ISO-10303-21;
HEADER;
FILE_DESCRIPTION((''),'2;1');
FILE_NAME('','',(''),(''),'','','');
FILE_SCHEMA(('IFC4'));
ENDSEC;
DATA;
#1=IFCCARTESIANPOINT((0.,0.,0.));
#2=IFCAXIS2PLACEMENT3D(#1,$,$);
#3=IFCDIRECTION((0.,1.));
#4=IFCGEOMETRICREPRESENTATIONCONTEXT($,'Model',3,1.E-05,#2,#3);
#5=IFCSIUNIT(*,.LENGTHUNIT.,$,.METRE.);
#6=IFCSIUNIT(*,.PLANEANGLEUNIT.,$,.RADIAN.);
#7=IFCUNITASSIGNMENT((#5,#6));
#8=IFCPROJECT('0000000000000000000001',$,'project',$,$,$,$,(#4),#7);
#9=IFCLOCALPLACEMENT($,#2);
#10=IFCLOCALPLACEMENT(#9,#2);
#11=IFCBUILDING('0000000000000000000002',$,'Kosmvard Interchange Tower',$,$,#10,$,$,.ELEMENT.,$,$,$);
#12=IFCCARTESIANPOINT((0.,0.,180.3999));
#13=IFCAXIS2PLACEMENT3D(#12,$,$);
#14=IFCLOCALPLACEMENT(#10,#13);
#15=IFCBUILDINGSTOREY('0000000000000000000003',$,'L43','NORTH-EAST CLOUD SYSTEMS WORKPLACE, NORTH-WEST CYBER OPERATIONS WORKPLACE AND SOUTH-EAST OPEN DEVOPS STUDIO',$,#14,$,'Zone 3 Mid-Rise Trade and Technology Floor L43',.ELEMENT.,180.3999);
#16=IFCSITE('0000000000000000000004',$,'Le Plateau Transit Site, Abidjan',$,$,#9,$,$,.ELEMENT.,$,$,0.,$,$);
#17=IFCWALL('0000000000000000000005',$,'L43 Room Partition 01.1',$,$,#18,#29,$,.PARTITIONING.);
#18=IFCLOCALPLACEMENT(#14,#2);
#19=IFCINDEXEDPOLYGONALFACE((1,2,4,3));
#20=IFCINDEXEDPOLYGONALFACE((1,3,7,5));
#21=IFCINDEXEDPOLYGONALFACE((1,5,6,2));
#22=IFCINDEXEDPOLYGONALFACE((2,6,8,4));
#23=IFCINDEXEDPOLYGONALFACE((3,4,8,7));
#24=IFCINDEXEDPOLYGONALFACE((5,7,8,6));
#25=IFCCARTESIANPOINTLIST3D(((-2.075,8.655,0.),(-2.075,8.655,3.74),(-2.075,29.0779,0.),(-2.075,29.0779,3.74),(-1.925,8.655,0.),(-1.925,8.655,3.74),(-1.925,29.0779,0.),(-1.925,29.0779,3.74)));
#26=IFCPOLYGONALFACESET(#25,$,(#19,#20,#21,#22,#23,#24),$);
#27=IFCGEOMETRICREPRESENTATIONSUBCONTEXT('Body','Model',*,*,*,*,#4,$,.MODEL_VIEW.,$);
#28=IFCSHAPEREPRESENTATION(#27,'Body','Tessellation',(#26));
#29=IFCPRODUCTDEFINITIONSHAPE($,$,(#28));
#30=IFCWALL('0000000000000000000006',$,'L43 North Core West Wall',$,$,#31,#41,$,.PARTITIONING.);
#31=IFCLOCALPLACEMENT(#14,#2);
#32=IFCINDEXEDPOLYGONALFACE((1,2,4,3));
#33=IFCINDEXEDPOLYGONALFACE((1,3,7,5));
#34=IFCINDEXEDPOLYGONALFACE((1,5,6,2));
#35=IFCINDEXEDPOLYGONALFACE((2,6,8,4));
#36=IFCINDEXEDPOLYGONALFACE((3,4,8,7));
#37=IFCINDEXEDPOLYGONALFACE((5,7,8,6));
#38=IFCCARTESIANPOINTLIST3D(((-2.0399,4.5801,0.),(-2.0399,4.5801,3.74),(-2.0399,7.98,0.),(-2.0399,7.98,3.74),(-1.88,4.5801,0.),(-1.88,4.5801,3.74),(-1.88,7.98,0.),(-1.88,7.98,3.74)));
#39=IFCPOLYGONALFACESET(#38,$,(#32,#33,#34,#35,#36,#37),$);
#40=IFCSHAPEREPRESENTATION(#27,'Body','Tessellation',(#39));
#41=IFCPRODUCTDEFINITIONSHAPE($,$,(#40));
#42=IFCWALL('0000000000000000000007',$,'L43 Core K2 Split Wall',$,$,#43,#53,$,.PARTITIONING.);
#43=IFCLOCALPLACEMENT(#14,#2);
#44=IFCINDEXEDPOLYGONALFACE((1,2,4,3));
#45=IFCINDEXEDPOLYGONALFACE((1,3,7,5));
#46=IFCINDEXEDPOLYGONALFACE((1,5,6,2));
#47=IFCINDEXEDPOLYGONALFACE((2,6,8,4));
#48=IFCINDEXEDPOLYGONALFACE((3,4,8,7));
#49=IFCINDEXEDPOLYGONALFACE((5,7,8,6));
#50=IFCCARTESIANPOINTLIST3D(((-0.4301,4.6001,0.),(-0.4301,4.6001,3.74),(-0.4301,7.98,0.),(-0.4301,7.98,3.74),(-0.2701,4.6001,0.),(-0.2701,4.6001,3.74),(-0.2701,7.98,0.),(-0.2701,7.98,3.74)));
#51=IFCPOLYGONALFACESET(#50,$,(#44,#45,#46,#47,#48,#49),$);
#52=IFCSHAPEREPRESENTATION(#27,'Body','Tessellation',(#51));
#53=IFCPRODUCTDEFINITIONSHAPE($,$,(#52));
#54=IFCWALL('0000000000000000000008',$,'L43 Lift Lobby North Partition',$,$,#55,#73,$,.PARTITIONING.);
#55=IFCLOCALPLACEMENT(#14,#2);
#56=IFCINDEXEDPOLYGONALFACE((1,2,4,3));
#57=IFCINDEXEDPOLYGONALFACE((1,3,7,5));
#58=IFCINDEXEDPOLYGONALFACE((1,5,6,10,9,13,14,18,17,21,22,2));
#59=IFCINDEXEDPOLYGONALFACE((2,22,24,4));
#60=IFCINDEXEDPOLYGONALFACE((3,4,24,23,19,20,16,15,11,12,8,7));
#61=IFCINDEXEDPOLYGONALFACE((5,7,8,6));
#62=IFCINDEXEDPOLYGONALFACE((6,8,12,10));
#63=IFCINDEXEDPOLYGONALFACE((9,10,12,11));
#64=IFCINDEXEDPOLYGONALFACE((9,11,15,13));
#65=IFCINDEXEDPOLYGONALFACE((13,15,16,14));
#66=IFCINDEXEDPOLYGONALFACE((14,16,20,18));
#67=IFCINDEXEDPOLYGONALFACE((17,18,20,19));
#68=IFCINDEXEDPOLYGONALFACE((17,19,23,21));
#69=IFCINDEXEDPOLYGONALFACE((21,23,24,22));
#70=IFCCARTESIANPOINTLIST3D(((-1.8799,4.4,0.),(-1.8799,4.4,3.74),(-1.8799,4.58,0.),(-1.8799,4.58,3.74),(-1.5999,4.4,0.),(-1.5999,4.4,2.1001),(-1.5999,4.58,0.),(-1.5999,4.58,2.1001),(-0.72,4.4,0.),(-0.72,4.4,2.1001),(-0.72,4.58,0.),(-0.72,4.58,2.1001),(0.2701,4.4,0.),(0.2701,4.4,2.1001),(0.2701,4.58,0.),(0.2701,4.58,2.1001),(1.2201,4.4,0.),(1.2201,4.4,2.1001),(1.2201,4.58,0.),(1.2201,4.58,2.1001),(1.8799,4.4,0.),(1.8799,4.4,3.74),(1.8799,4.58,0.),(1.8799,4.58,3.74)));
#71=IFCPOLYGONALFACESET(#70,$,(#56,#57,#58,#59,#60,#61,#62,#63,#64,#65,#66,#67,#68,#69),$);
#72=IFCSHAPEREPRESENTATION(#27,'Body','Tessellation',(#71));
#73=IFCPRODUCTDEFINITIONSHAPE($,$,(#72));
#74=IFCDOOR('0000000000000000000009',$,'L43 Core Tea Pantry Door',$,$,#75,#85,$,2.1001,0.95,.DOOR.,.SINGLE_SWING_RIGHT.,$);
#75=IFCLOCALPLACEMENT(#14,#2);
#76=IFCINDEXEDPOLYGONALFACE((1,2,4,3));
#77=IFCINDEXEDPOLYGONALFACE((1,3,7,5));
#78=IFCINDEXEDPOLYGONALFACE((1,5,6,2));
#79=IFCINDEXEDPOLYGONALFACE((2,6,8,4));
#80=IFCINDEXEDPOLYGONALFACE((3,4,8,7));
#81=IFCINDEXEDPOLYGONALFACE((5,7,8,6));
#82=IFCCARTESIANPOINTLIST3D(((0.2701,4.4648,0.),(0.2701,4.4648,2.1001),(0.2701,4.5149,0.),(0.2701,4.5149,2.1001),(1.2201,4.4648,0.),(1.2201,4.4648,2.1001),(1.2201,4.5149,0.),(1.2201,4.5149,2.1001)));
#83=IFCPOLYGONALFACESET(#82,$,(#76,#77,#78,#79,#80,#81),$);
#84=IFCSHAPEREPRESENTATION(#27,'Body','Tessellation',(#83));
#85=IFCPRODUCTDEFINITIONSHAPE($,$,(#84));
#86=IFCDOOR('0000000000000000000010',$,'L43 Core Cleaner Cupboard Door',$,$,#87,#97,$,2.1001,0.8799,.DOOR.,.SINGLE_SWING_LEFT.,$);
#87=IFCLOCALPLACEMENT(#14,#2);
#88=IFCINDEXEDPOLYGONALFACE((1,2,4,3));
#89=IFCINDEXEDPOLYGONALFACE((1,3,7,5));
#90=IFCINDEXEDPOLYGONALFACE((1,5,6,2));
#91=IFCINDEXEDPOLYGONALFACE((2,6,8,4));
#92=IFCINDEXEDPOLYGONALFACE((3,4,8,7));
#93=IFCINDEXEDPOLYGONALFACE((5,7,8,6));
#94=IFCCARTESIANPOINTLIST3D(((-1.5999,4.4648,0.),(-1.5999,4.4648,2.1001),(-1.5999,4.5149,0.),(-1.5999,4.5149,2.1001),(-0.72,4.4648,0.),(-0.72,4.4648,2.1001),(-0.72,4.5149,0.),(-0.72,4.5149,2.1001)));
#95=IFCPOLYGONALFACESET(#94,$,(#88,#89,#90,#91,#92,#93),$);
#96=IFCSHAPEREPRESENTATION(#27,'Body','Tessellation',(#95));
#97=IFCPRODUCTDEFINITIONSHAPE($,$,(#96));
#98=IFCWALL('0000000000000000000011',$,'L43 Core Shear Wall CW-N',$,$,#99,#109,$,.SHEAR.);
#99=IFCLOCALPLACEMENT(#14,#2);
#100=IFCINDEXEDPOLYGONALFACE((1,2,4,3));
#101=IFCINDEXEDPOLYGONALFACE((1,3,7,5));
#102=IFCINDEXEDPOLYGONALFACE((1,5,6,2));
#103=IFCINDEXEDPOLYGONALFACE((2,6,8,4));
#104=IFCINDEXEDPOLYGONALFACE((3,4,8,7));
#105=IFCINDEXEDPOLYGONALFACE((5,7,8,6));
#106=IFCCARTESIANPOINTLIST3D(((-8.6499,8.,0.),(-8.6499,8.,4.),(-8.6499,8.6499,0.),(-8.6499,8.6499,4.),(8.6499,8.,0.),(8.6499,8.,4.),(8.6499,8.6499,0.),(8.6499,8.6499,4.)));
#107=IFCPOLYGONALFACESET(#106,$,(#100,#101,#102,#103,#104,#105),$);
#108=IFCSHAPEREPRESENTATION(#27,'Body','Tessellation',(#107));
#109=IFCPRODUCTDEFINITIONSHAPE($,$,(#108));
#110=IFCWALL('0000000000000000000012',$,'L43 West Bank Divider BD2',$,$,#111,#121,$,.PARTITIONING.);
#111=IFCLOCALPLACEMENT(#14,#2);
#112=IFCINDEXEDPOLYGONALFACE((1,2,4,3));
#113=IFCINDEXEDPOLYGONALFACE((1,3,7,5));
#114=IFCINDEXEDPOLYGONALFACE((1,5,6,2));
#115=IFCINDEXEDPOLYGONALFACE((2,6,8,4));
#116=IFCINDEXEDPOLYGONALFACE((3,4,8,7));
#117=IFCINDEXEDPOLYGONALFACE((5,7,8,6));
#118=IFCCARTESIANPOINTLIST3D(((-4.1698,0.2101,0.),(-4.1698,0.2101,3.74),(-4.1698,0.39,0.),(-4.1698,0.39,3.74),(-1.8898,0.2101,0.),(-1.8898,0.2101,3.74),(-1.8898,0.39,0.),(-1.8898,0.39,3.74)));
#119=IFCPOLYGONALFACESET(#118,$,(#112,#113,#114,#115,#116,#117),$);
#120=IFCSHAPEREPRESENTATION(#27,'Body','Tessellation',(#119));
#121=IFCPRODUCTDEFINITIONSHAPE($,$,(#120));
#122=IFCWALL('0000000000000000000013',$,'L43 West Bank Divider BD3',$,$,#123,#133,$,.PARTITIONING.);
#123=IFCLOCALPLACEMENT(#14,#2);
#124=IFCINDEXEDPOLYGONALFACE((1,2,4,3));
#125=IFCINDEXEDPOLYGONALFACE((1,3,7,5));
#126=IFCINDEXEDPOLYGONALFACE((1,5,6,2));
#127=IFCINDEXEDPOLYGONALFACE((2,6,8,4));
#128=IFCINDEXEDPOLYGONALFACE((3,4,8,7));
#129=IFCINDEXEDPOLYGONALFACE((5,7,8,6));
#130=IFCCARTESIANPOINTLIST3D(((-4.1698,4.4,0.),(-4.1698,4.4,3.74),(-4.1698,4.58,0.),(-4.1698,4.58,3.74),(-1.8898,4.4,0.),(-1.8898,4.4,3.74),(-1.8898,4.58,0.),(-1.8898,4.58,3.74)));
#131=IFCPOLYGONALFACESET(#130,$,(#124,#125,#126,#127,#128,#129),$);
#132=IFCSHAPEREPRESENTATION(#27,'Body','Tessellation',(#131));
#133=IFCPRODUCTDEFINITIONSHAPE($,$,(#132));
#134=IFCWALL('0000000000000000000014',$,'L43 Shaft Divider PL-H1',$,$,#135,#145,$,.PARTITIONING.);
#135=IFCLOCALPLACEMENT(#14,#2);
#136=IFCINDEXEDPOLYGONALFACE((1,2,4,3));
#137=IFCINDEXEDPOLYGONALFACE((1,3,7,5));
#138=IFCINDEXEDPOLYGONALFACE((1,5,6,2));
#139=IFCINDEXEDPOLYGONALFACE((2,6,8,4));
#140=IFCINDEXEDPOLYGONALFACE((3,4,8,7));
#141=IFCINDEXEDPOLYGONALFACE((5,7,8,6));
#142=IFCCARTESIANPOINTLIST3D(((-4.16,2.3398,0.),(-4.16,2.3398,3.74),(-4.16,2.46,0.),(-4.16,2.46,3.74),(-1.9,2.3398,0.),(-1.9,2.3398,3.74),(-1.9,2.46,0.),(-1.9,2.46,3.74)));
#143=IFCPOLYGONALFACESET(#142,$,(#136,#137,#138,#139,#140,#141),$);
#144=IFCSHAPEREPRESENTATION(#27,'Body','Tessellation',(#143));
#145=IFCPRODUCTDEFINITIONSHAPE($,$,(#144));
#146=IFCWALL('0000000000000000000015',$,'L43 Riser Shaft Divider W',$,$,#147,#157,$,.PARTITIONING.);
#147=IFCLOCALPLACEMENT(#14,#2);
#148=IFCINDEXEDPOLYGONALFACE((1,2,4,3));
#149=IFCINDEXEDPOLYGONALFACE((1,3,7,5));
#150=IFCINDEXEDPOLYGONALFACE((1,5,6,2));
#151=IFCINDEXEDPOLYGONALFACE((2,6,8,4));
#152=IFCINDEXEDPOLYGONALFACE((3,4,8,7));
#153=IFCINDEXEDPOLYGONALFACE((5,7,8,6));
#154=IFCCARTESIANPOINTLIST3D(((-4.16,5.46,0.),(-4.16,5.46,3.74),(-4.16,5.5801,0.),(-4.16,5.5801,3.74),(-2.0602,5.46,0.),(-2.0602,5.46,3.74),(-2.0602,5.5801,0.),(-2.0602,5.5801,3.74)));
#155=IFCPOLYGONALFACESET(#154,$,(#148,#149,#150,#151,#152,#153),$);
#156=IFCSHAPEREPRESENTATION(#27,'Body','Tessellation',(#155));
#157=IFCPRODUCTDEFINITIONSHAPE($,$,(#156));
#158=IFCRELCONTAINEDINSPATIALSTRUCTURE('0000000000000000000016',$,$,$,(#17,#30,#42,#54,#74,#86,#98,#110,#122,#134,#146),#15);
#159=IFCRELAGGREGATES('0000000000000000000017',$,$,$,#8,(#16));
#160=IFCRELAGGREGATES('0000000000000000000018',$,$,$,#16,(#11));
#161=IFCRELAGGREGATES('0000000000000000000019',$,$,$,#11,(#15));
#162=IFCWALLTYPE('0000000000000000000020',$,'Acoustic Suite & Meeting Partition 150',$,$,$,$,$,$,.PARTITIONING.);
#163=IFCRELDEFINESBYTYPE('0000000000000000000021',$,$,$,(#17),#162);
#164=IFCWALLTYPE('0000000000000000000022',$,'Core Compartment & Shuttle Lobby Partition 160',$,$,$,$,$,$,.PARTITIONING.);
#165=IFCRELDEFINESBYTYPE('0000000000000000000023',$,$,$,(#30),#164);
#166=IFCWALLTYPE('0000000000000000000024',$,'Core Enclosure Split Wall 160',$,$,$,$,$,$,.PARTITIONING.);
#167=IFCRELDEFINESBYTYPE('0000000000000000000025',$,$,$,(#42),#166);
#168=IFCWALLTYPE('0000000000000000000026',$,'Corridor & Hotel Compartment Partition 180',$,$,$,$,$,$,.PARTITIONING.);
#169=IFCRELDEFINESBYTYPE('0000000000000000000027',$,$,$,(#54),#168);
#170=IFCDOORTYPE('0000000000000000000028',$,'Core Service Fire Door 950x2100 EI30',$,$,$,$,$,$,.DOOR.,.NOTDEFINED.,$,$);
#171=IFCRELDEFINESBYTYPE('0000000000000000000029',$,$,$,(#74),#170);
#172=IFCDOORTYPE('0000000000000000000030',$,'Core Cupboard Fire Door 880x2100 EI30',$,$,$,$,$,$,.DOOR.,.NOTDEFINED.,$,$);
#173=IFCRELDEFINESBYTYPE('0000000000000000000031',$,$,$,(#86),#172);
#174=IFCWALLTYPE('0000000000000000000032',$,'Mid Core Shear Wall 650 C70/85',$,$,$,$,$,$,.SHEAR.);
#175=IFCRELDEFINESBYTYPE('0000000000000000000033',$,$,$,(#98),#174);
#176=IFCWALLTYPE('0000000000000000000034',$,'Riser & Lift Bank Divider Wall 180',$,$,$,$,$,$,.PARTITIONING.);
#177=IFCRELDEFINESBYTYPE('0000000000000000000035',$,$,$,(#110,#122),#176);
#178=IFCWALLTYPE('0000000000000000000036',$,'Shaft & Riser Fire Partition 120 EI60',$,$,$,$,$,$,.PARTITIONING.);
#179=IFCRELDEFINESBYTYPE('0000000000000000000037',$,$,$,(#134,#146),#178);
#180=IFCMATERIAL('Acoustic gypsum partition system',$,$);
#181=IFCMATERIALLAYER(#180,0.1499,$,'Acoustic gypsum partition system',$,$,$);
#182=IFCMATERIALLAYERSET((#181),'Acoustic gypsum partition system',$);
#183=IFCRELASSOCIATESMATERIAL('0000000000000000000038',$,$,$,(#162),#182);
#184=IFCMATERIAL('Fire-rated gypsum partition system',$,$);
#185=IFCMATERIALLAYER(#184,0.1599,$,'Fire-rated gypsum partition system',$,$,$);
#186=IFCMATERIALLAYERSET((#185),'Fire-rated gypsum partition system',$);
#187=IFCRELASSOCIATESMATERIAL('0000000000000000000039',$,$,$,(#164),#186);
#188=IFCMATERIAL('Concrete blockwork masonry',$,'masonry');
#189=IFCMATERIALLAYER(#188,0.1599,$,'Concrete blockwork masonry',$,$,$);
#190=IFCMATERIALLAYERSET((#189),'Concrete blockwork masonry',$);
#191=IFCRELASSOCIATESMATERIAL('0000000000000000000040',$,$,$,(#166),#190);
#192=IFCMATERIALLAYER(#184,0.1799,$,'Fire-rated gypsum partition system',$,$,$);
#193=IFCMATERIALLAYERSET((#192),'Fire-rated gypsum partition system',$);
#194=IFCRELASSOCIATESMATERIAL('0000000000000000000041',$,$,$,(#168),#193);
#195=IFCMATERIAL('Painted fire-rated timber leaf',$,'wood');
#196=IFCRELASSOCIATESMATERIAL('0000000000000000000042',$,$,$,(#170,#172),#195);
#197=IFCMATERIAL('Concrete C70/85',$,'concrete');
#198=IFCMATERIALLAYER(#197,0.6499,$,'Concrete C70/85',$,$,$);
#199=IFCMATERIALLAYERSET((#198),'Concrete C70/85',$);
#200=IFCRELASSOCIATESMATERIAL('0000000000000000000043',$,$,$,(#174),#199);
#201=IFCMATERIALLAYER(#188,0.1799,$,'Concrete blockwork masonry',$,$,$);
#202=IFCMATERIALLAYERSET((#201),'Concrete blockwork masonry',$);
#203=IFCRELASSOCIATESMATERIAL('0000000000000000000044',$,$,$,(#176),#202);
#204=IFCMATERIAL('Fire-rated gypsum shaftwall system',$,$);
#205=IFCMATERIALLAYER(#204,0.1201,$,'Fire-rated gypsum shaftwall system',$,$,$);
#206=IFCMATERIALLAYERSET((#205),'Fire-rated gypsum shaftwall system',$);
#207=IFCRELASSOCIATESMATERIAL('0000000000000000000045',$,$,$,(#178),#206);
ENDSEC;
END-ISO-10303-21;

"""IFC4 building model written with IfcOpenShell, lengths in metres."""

from ifc_helpers import new_model, si_unit, direction, frame, frame_2d, origin, place, context, subcontext, project, spatial, rectangle, extrude, source, transform, mapped, material, layer, layer_set, type_object, element, fill, save


model = new_model("IFC4")

# Units and contexts
model_context = context("Model", 3, precision=1e-05, world=origin(), true_north=direction((0.0, 1.0)))
body_context = subcontext(model_context, "Body", "Model", "MODEL_VIEW")
ifc_project = project(units=[si_unit("LENGTHUNIT", "METRE"), si_unit("PLANEANGLEUNIT", "RADIAN")], contexts=[model_context])

# Site, building, storey
site_placement = place(None, origin())
site = spatial("IfcSite", under=ifc_project, at=site_placement, Name="Le Plateau Transit Site, Abidjan", CompositionType="ELEMENT", RefElevation=0.0)
building_placement = place(site_placement, origin())
building = spatial("IfcBuilding", under=site, at=building_placement, Name="Kosmvard Interchange Tower", CompositionType="ELEMENT")
storey_placement = place(building_placement, frame((0.0, 0.0, 180.3999)))
storey = spatial("IfcBuildingStorey", under=building, at=storey_placement, Name="L43", Description="NORTH-EAST CLOUD SYSTEMS WORKPLACE, NORTH-WEST CYBER OPERATIONS WORKPLACE AND SOUTH-EAST OPEN DEVOPS STUDIO", LongName="Zone 3 Mid-Rise Trade and Technology Floor L43", CompositionType="ELEMENT", Elevation=180.3999)

# Walls
ifc_material_1 = material(Name="Acoustic gypsum partition system")
ifc_layer_1 = layer(ifc_material_1, 0.1499, Name="Acoustic gypsum partition system")
ifc_layer_set_1 = layer_set([ifc_layer_1], Name="Acoustic gypsum partition system")
wall_type_1 = type_object("IfcWallType", Name="Acoustic Suite & Meeting Partition 150", PredefinedType="PARTITIONING", material=ifc_layer_set_1)
wall_1_placement = place(storey_placement, frame((-2.0, 8.655, 0.0), z_axis=(0.0, 0.0, 1.0), x_axis=(0.0, 1.0, 0.0)))
element("IfcWall", 1, at=wall_1_placement, inside=storey, type_object=wall_type_1, Name="L43 Room Partition 01.1", PredefinedType="PARTITIONING", context=body_context, shape_type="SweptSolid", body=[
    extrude(rectangle(XDim=20.4229, YDim=0.1499, at=frame_2d((10.2114, 0.0))), origin(), (0.0, 0.0, 1.0), 3.74),
])
ifc_material_2 = material(Name="Fire-rated gypsum partition system")
ifc_layer_2 = layer(ifc_material_2, 0.1599, Name="Fire-rated gypsum partition system")
ifc_layer_set_2 = layer_set([ifc_layer_2], Name="Fire-rated gypsum partition system")
wall_type_2 = type_object("IfcWallType", Name="Core Compartment & Shuttle Lobby Partition 160", PredefinedType="PARTITIONING", material=ifc_layer_set_2)
wall_2_placement = place(storey_placement, frame((-1.96, 4.5801, 0.0), z_axis=(0.0, 0.0, 1.0), x_axis=(0.0, 1.0, 0.0)))
element("IfcWall", 2, at=wall_2_placement, inside=storey, type_object=wall_type_2, Name="L43 North Core West Wall", PredefinedType="PARTITIONING", context=body_context, shape_type="SweptSolid", body=[
    extrude(rectangle(XDim=3.3999, YDim=0.1599, at=frame_2d((1.7, 0.0))), origin(), (0.0, 0.0, 1.0), 3.74),
])
ifc_material_3 = material(Name="Concrete blockwork masonry", Category="masonry")
ifc_layer_3 = layer(ifc_material_3, 0.1599, Name="Concrete blockwork masonry")
ifc_layer_set_3 = layer_set([ifc_layer_3], Name="Concrete blockwork masonry")
wall_type_3 = type_object("IfcWallType", Name="Core Enclosure Split Wall 160", PredefinedType="PARTITIONING", material=ifc_layer_set_3)
wall_3_placement = place(storey_placement, frame((-0.3501, 4.6001, 0.0), z_axis=(0.0, 0.0, 1.0), x_axis=(0.0, 1.0, 0.0)))
element("IfcWall", 3, at=wall_3_placement, inside=storey, type_object=wall_type_3, Name="L43 Core K2 Split Wall", PredefinedType="PARTITIONING", context=body_context, shape_type="SweptSolid", body=[
    extrude(rectangle(XDim=3.3799, YDim=0.1599, at=frame_2d((1.6899, 0.0))), origin(), (0.0, 0.0, 1.0), 3.74),
])

# Wall, openings, doors
ifc_layer_4 = layer(ifc_material_2, 0.1799, Name="Fire-rated gypsum partition system")
ifc_layer_set_4 = layer_set([ifc_layer_4], Name="Fire-rated gypsum partition system")
wall_type_4 = type_object("IfcWallType", Name="Corridor & Hotel Compartment Partition 180", PredefinedType="PARTITIONING", material=ifc_layer_set_4)
wall_4_placement = place(storey_placement, frame((-1.8799, 4.49, 0.0), z_axis=(0.0, 0.0, 1.0), x_axis=(1.0, 0.0, 0.0)))
wall_4 = element("IfcWall", 4, at=wall_4_placement, inside=storey, type_object=wall_type_4, Name="L43 Lift Lobby North Partition", PredefinedType="PARTITIONING", context=body_context, shape_type="SweptSolid", body=[
    extrude(rectangle(XDim=3.7598, YDim=0.1799, at=frame_2d((1.8799, 0.0))), origin(), (0.0, 0.0, 1.0), 3.74),
])
opening_1_placement = place(wall_4_placement, frame((0.28, 0.0, 0.0)))
opening_1 = element("IfcOpeningElement", 5, at=opening_1_placement, cuts=wall_4, PredefinedType="OPENING", context=body_context, shape_type="SweptSolid", body=[
    extrude(rectangle(XDim=0.8799, YDim=2.1001, at=frame_2d((0.4399, 1.05))), frame((0.0, 0.1001, 0.0), z_axis=(0.0, -1.0, 0.0), x_axis=(1.0, 0.0, 0.0)), (0.0, 0.0, 1.0), 0.2),
])
opening_2_placement = place(wall_4_placement, frame((2.1499, 0.0, 0.0)))
opening_2 = element("IfcOpeningElement", 6, at=opening_2_placement, cuts=wall_4, PredefinedType="OPENING", context=body_context, shape_type="SweptSolid", body=[
    extrude(rectangle(XDim=0.95, YDim=2.1001, at=frame_2d((0.4751, 1.05))), frame((0.0, 0.1001, 0.0), z_axis=(0.0, -1.0, 0.0), x_axis=(1.0, 0.0, 0.0)), (0.0, 0.0, 1.0), 0.2),
])
ifc_material_4 = material(Name="Painted fire-rated timber leaf", Category="wood")
door_type_1 = type_object("IfcDoorType", Name="Core Service Fire Door 950x2100 EI30", OperationType="NOTDEFINED", PredefinedType="DOOR", material=ifc_material_4)
shared_shape_1 = source(origin(), body_context, "Body", "SweptSolid", [
    extrude(rectangle(XDim=0.95, YDim=2.1001, at=frame_2d((0.4751, 1.05))), frame((0.0, 0.0249, 0.0), z_axis=(0.0, -1.0, 0.0), x_axis=(1.0, 0.0, 0.0)), (0.0, 0.0, 1.0), 0.05),
])
door_1_placement = place(opening_2_placement, origin())
door_1 = element("IfcDoor", 7, at=door_1_placement, inside=storey, type_object=door_type_1, Name="L43 Core Tea Pantry Door", OperationType="SINGLE_SWING_RIGHT", OverallHeight=2.1001, OverallWidth=0.95, PredefinedType="DOOR", context=body_context, shape_type="MappedRepresentation", body=[
    mapped(shared_shape_1, transform((0.0, 0.0, 0.0), scale=1.0)),
])
fill(opening_2, door_1)
door_type_2 = type_object("IfcDoorType", Name="Core Cupboard Fire Door 880x2100 EI30", OperationType="NOTDEFINED", PredefinedType="DOOR", material=ifc_material_4)
shared_shape_2 = source(origin(), body_context, "Body", "SweptSolid", [
    extrude(rectangle(XDim=0.8799, YDim=2.1001, at=frame_2d((0.4399, 1.05))), frame((0.0, 0.0249, 0.0), z_axis=(0.0, -1.0, 0.0), x_axis=(1.0, 0.0, 0.0)), (0.0, 0.0, 1.0), 0.05),
])
door_2_placement = place(opening_1_placement, origin())
door_2 = element("IfcDoor", 8, at=door_2_placement, inside=storey, type_object=door_type_2, Name="L43 Core Cleaner Cupboard Door", OperationType="SINGLE_SWING_LEFT", OverallHeight=2.1001, OverallWidth=0.8799, PredefinedType="DOOR", context=body_context, shape_type="MappedRepresentation", body=[
    mapped(shared_shape_2, transform((0.0, 0.0, 0.0), scale=1.0)),
])
fill(opening_1, door_2)

# Walls
ifc_material_5 = material(Name="Concrete C70/85", Category="concrete")
ifc_layer_5 = layer(ifc_material_5, 0.6499, Name="Concrete C70/85")
ifc_layer_set_5 = layer_set([ifc_layer_5], Name="Concrete C70/85")
wall_type_5 = type_object("IfcWallType", Name="Mid Core Shear Wall 650 C70/85", PredefinedType="SHEAR", material=ifc_layer_set_5)
wall_5_placement = place(storey_placement, frame((-8.6499, 8.325, 0.0), z_axis=(0.0, 0.0, 1.0), x_axis=(1.0, 0.0, 0.0)))
element("IfcWall", 9, at=wall_5_placement, inside=storey, type_object=wall_type_5, Name="L43 Core Shear Wall CW-N", PredefinedType="SHEAR", context=body_context, shape_type="SweptSolid", body=[
    extrude(rectangle(XDim=17.2998, YDim=0.6499, at=frame_2d((8.6499, 0.0))), origin(), (0.0, 0.0, 1.0), 4.0),
])
ifc_layer_6 = layer(ifc_material_3, 0.1799, Name="Concrete blockwork masonry")
ifc_layer_set_6 = layer_set([ifc_layer_6], Name="Concrete blockwork masonry")
wall_type_6 = type_object("IfcWallType", Name="Riser & Lift Bank Divider Wall 180", PredefinedType="PARTITIONING", material=ifc_layer_set_6)
for number, where, z_axis, x_axis, name in (
    (10, (-4.1699, 0.3, 0.0), (0.0, 0.0, 1.0), (1.0, 0.0, 0.0), "L43 West Bank Divider BD2"),
    (11, (-4.1699, 4.49, 0.0), (0.0, 0.0, 1.0), (1.0, 0.0, 0.0), "L43 West Bank Divider BD3"),
):
    element("IfcWall", number, at=place(storey_placement, frame(where, z_axis=z_axis, x_axis=x_axis)), inside=storey, type_object=wall_type_6, Name=name, PredefinedType="PARTITIONING", context=body_context, shape_type="SweptSolid", body=[
        extrude(rectangle(XDim=2.28, YDim=0.1799, at=frame_2d((1.1401, 0.0))), origin(), (0.0, 0.0, 1.0), 3.74),
    ])
ifc_material_6 = material(Name="Fire-rated gypsum shaftwall system")
ifc_layer_7 = layer(ifc_material_6, 0.1201, Name="Fire-rated gypsum shaftwall system")
ifc_layer_set_7 = layer_set([ifc_layer_7], Name="Fire-rated gypsum shaftwall system")
wall_type_7 = type_object("IfcWallType", Name="Shaft & Riser Fire Partition 120 EI60", PredefinedType="PARTITIONING", material=ifc_layer_set_7)
wall_6_placement = place(storey_placement, frame((-4.1599, 2.3999, 0.0), z_axis=(0.0, 0.0, 1.0), x_axis=(1.0, 0.0, 0.0)))
element("IfcWall", 12, at=wall_6_placement, inside=storey, type_object=wall_type_7, Name="L43 Shaft Divider PL-H1", PredefinedType="PARTITIONING", context=body_context, shape_type="SweptSolid", body=[
    extrude(rectangle(XDim=2.26, YDim=0.1201, at=frame_2d((1.1299, 0.0))), origin(), (0.0, 0.0, 1.0), 3.74),
])
wall_7_placement = place(storey_placement, frame((-4.1599, 5.52, 0.0), z_axis=(0.0, 0.0, 1.0), x_axis=(1.0, 0.0, 0.0)))
element("IfcWall", 13, at=wall_7_placement, inside=storey, type_object=wall_type_7, Name="L43 Riser Shaft Divider W", PredefinedType="PARTITIONING", context=body_context, shape_type="SweptSolid", body=[
    extrude(rectangle(XDim=2.0999, YDim=0.1201, at=frame_2d((1.0498, 0.0))), origin(), (0.0, 0.0, 1.0), 3.74),
])

save(model, "model.ifc")
